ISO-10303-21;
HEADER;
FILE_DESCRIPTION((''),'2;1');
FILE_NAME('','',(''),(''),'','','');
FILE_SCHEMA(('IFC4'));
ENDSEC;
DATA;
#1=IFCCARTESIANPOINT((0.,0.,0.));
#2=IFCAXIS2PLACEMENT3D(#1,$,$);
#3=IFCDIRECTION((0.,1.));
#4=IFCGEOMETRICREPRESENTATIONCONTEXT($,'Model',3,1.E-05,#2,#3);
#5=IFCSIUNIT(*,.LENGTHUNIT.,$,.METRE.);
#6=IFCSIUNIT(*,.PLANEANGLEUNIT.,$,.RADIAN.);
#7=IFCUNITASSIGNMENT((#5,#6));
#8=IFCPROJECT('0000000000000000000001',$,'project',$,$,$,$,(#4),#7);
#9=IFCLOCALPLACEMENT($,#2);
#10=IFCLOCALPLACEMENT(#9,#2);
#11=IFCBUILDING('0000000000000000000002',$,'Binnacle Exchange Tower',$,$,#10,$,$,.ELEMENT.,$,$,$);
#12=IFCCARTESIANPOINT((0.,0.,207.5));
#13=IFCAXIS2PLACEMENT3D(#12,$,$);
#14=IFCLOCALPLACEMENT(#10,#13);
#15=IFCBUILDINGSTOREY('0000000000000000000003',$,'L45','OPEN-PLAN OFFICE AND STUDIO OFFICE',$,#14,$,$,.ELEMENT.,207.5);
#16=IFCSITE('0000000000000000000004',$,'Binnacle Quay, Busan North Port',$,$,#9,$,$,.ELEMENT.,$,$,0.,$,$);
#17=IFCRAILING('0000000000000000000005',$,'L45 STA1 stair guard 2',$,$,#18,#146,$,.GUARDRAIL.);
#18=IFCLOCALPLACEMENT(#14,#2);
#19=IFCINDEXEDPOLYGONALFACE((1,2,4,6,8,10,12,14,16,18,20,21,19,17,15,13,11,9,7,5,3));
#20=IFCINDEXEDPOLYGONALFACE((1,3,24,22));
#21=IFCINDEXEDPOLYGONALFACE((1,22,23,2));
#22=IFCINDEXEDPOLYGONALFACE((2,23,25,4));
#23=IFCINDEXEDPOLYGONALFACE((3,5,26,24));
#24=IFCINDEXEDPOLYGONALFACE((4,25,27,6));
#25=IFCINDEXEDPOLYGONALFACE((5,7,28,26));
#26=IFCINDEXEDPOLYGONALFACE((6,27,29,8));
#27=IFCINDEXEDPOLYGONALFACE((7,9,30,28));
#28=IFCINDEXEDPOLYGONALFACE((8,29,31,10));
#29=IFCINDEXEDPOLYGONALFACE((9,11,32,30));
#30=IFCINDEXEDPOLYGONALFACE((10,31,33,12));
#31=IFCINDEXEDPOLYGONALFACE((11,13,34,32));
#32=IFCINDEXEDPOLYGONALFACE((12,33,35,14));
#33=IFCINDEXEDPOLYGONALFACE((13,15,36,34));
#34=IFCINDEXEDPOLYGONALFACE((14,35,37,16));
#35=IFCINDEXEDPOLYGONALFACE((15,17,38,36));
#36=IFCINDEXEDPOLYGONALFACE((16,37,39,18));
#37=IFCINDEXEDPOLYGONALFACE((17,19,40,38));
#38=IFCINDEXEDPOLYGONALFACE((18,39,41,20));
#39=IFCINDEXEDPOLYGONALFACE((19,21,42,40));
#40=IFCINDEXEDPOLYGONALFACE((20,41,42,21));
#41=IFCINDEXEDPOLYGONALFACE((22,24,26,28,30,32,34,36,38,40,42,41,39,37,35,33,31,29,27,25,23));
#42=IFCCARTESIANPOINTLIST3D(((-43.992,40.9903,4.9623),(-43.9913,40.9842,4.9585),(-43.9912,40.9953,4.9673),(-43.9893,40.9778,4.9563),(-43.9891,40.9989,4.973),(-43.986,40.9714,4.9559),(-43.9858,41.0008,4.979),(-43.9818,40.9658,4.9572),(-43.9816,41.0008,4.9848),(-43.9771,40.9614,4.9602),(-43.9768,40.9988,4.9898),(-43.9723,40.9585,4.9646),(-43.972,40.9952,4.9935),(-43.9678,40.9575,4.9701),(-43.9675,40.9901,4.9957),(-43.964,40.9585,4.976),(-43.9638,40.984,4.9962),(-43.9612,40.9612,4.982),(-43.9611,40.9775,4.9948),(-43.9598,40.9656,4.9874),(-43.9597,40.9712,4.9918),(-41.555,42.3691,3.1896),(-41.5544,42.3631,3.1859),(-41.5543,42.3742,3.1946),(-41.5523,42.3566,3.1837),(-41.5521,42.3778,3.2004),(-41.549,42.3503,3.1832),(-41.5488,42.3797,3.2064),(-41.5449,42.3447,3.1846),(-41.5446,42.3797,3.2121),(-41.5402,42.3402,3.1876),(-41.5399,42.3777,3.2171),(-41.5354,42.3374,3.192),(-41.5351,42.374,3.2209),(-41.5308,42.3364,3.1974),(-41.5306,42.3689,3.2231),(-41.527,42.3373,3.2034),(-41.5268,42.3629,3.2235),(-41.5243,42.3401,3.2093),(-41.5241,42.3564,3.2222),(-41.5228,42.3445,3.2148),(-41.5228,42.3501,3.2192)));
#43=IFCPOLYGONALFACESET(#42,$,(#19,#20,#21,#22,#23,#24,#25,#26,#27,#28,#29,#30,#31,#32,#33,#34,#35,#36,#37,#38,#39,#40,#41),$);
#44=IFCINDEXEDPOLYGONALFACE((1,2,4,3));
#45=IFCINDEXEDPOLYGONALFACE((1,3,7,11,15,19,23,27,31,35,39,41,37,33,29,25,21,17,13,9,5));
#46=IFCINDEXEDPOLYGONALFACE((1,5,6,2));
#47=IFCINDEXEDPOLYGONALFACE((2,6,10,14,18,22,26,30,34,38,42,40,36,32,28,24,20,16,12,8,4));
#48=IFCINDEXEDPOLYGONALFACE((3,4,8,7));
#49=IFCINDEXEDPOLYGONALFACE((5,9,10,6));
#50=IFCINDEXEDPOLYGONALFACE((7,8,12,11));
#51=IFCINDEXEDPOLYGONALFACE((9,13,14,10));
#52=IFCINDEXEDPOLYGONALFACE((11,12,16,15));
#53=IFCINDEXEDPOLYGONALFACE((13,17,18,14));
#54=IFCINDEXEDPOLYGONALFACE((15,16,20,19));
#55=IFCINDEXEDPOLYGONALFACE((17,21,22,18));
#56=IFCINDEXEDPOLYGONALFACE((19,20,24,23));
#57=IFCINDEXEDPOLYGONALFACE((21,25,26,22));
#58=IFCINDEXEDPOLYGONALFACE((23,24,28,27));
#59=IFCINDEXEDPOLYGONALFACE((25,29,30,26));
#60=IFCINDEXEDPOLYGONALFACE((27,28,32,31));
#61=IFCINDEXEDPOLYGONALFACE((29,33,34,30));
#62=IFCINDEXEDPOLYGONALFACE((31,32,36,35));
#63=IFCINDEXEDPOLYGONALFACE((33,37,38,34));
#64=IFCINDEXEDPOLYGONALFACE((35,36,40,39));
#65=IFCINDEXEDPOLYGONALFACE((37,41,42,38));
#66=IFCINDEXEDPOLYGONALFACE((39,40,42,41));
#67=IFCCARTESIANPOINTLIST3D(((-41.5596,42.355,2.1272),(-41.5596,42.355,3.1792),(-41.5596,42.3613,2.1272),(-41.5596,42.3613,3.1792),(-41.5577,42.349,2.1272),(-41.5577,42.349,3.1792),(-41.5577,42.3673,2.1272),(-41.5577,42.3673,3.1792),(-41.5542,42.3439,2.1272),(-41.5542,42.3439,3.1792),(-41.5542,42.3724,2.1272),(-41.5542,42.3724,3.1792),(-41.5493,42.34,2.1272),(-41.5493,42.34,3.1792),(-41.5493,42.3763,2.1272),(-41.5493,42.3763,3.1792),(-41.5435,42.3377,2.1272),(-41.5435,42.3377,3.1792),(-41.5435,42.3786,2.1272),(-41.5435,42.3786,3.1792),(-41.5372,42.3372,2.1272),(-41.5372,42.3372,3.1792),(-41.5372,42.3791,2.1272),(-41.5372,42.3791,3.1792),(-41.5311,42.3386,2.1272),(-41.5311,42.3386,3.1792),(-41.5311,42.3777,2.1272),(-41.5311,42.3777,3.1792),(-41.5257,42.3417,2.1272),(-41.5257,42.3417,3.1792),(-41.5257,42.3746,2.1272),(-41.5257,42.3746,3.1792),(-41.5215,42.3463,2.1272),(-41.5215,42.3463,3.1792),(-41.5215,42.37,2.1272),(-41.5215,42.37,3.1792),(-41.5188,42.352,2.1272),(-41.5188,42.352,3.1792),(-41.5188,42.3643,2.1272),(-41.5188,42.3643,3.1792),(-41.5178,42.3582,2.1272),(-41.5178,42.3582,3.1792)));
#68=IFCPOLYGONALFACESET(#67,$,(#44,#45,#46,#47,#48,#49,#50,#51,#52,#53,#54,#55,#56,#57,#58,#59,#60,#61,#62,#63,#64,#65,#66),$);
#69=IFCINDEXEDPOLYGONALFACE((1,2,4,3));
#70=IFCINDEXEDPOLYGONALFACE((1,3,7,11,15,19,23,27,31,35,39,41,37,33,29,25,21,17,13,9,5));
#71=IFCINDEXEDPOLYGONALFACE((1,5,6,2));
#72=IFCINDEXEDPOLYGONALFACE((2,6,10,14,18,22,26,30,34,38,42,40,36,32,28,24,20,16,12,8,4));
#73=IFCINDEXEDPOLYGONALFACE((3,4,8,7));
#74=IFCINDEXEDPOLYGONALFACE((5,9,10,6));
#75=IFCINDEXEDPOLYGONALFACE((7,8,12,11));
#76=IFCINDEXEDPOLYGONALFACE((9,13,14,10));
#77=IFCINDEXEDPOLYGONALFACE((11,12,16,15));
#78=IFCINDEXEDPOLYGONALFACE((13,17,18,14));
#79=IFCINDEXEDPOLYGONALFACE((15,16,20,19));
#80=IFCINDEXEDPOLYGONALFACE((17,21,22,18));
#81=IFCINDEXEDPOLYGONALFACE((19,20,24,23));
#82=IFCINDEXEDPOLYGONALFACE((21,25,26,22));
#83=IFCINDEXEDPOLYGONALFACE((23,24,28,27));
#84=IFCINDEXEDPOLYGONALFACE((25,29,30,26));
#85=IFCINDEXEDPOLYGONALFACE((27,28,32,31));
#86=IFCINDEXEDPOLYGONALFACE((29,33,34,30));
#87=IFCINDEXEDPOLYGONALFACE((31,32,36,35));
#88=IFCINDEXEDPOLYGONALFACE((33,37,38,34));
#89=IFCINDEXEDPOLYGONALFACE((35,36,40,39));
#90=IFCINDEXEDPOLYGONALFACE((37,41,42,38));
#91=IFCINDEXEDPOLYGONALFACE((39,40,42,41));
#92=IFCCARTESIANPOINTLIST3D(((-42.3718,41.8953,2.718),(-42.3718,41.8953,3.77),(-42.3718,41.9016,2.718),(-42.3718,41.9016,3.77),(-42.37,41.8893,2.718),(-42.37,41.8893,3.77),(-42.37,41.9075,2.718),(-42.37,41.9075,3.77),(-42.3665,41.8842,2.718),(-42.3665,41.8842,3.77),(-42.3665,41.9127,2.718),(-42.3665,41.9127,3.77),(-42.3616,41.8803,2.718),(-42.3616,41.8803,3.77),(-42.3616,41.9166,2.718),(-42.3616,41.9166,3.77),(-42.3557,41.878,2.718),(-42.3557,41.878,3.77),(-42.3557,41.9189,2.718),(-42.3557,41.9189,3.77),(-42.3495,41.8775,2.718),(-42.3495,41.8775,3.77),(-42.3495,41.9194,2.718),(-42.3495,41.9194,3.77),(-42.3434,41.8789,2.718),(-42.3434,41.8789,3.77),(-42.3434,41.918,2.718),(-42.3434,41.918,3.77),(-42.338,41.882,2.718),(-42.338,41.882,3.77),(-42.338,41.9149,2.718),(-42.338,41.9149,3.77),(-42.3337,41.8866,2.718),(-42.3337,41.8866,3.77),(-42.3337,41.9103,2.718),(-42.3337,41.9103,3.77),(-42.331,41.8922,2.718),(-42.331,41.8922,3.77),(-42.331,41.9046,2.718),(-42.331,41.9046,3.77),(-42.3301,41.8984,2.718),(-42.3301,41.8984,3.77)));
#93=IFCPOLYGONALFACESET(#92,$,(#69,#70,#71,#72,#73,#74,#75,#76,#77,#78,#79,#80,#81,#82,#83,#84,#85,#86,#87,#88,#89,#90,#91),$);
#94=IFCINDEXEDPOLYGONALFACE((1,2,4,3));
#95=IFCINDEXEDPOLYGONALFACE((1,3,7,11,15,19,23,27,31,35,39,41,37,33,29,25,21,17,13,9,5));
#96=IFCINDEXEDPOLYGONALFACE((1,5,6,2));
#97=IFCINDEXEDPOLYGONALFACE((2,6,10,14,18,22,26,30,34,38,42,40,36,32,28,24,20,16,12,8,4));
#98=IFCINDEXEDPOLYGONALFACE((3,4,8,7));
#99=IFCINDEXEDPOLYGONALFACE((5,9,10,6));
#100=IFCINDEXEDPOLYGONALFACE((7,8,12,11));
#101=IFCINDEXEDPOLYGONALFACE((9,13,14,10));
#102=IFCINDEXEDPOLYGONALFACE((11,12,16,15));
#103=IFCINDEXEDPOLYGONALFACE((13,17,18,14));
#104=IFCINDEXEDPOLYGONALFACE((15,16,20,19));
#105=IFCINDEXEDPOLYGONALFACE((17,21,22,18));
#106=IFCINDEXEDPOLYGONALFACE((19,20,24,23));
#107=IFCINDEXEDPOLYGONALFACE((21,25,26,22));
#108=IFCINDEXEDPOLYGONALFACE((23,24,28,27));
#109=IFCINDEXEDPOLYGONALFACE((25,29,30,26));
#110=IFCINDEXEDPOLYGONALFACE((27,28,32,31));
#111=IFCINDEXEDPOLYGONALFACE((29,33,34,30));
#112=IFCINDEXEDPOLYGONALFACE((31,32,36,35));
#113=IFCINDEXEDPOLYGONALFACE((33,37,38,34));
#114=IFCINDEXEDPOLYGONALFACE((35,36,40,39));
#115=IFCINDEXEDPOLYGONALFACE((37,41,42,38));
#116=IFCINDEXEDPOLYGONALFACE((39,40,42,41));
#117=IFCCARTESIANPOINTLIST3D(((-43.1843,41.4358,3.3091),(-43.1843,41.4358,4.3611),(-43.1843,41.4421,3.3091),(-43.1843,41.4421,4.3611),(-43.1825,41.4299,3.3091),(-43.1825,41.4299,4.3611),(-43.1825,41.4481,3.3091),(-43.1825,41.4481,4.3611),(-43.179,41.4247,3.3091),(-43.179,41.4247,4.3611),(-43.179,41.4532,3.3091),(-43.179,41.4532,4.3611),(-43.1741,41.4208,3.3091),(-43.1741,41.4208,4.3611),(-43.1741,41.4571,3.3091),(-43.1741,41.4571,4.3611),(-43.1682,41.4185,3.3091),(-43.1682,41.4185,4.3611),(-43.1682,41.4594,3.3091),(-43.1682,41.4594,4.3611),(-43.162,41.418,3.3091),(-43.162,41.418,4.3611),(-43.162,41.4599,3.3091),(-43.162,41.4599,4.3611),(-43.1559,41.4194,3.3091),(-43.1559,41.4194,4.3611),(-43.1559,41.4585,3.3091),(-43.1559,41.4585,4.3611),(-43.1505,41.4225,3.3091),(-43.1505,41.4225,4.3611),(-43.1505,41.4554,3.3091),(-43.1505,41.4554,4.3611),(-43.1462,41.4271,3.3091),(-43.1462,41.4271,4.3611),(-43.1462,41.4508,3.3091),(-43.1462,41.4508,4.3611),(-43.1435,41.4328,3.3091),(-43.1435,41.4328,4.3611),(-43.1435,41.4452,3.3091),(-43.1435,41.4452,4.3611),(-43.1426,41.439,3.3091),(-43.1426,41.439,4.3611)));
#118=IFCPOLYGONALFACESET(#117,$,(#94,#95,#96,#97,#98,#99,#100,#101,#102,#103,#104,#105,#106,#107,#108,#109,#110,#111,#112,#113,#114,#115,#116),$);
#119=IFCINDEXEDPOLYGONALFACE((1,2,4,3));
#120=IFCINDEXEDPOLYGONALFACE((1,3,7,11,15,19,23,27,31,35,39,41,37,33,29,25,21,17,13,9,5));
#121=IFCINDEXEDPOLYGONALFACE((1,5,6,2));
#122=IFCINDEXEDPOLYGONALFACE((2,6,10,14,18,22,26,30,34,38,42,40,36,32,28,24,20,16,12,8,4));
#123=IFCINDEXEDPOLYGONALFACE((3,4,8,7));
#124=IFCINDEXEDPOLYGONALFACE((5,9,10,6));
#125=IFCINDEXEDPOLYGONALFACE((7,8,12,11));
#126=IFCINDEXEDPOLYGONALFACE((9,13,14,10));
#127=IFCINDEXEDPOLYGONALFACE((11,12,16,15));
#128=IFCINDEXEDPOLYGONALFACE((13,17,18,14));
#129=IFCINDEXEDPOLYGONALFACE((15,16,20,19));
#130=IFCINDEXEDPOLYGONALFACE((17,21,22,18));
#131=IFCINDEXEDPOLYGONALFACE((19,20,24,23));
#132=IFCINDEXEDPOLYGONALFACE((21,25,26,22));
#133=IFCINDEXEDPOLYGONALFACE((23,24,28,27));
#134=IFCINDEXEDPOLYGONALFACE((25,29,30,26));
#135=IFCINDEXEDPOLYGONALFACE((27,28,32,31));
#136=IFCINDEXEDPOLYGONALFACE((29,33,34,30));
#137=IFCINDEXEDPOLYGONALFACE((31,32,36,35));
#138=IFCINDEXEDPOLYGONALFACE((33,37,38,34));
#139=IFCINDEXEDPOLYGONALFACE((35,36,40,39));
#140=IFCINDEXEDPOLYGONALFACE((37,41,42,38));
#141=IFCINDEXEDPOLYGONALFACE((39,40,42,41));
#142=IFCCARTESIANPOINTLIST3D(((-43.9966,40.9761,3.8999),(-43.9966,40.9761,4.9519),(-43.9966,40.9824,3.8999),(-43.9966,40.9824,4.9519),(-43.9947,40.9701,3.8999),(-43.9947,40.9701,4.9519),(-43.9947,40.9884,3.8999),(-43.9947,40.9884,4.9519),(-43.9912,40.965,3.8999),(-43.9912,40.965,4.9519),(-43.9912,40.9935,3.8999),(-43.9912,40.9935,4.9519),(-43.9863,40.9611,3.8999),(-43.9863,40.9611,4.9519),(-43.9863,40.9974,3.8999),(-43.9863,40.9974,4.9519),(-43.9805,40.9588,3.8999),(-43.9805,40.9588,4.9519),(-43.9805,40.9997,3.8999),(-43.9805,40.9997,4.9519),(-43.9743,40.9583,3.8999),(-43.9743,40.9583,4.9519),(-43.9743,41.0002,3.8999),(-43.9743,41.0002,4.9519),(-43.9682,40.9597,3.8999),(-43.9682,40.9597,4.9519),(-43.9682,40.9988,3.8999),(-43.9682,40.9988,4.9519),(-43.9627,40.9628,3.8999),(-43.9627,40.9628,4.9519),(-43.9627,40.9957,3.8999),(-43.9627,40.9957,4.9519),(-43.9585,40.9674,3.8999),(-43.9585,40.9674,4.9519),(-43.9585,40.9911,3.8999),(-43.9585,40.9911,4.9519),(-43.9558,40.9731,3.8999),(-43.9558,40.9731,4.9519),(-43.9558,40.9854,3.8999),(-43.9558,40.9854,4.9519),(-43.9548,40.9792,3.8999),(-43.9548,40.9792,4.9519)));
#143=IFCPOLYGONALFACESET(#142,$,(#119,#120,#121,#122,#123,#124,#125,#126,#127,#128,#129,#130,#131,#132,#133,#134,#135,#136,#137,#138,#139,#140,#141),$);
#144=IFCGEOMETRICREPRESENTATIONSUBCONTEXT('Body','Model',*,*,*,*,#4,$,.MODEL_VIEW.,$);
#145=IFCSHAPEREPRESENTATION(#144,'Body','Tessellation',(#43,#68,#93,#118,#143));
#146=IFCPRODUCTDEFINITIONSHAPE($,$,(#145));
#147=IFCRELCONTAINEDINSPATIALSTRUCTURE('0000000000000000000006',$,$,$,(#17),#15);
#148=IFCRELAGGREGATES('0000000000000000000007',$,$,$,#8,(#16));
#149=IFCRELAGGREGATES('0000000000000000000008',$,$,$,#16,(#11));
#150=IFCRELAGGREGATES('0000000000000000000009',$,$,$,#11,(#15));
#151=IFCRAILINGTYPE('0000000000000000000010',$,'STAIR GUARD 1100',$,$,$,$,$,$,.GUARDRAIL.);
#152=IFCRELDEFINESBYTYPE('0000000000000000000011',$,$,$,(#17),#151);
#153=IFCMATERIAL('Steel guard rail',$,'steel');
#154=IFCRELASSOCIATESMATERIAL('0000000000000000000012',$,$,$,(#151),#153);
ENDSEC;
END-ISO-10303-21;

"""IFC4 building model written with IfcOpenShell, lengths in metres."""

from ifc_helpers import new_model, si_unit, direction, frame, origin, origin_2d, place, context, subcontext, project, spatial, circle, extrude, material, type_object, element, save


model = new_model("IFC4")

# Units and contexts
model_context = context("Model", 3, precision=1e-05, world=origin(), true_north=direction((0.0, 1.0)))
body_context = subcontext(model_context, "Body", "Model", "MODEL_VIEW")
ifc_project = project(units=[si_unit("LENGTHUNIT", "METRE"), si_unit("PLANEANGLEUNIT", "RADIAN")], contexts=[model_context])

# Site, building, storey
site_placement = place(None, origin())
site = spatial("IfcSite", under=ifc_project, at=site_placement, Name="Binnacle Quay, Busan North Port", CompositionType="ELEMENT", RefElevation=0.0)
building_placement = place(site_placement, origin())
building = spatial("IfcBuilding", under=site, at=building_placement, Name="Binnacle Exchange Tower", CompositionType="ELEMENT")
storey_placement = place(building_placement, frame((0.0, 0.0, 207.5)))
storey = spatial("IfcBuildingStorey", under=building, at=storey_placement, Name="L45", Description="OPEN-PLAN OFFICE AND STUDIO OFFICE", CompositionType="ELEMENT", Elevation=207.5)

# Railing
ifc_material_1 = material(Name="Steel guard rail", Category="steel")
railing_type_1 = type_object("IfcRailingType", Name="STAIR GUARD 1100", PredefinedType="GUARDRAIL", material=ifc_material_1)
railing_1_placement = place(storey_placement, frame((-41.5388, 42.3582, 2.1272)))
element("IfcRailing", 1, at=railing_1_placement, inside=storey, type_object=railing_type_1, Name="L45 STA1 stair guard 2", PredefinedType="GUARDRAIL", context=body_context, shape_type="SweptSolid", body=[
    extrude(circle(Radius=0.0239, at=origin_2d()), frame((0.0, 0.0, 1.0762), z_axis=(-0.735359, -0.41608, 0.534907), x_axis=(0.492454, -0.870339, 0.0)), (0.0, 0.0, 1.0), 3.314),
    extrude(circle(Radius=0.021, at=origin_2d()), origin(), (0.0, 0.0, 1.0), 1.052),
    extrude(circle(Radius=0.021, at=origin_2d()), frame((-0.8123, -0.4597, 0.5908)), (0.0, 0.0, 1.0), 1.052),
    extrude(circle(Radius=0.021, at=origin_2d()), frame((-1.6248, -0.9192, 1.1819)), (0.0, 0.0, 1.0), 1.052),
    extrude(circle(Radius=0.021, at=origin_2d()), frame((-2.437, -1.3789, 1.7727)), (0.0, 0.0, 1.0), 1.052),
])

save(model, "model.ifc")
